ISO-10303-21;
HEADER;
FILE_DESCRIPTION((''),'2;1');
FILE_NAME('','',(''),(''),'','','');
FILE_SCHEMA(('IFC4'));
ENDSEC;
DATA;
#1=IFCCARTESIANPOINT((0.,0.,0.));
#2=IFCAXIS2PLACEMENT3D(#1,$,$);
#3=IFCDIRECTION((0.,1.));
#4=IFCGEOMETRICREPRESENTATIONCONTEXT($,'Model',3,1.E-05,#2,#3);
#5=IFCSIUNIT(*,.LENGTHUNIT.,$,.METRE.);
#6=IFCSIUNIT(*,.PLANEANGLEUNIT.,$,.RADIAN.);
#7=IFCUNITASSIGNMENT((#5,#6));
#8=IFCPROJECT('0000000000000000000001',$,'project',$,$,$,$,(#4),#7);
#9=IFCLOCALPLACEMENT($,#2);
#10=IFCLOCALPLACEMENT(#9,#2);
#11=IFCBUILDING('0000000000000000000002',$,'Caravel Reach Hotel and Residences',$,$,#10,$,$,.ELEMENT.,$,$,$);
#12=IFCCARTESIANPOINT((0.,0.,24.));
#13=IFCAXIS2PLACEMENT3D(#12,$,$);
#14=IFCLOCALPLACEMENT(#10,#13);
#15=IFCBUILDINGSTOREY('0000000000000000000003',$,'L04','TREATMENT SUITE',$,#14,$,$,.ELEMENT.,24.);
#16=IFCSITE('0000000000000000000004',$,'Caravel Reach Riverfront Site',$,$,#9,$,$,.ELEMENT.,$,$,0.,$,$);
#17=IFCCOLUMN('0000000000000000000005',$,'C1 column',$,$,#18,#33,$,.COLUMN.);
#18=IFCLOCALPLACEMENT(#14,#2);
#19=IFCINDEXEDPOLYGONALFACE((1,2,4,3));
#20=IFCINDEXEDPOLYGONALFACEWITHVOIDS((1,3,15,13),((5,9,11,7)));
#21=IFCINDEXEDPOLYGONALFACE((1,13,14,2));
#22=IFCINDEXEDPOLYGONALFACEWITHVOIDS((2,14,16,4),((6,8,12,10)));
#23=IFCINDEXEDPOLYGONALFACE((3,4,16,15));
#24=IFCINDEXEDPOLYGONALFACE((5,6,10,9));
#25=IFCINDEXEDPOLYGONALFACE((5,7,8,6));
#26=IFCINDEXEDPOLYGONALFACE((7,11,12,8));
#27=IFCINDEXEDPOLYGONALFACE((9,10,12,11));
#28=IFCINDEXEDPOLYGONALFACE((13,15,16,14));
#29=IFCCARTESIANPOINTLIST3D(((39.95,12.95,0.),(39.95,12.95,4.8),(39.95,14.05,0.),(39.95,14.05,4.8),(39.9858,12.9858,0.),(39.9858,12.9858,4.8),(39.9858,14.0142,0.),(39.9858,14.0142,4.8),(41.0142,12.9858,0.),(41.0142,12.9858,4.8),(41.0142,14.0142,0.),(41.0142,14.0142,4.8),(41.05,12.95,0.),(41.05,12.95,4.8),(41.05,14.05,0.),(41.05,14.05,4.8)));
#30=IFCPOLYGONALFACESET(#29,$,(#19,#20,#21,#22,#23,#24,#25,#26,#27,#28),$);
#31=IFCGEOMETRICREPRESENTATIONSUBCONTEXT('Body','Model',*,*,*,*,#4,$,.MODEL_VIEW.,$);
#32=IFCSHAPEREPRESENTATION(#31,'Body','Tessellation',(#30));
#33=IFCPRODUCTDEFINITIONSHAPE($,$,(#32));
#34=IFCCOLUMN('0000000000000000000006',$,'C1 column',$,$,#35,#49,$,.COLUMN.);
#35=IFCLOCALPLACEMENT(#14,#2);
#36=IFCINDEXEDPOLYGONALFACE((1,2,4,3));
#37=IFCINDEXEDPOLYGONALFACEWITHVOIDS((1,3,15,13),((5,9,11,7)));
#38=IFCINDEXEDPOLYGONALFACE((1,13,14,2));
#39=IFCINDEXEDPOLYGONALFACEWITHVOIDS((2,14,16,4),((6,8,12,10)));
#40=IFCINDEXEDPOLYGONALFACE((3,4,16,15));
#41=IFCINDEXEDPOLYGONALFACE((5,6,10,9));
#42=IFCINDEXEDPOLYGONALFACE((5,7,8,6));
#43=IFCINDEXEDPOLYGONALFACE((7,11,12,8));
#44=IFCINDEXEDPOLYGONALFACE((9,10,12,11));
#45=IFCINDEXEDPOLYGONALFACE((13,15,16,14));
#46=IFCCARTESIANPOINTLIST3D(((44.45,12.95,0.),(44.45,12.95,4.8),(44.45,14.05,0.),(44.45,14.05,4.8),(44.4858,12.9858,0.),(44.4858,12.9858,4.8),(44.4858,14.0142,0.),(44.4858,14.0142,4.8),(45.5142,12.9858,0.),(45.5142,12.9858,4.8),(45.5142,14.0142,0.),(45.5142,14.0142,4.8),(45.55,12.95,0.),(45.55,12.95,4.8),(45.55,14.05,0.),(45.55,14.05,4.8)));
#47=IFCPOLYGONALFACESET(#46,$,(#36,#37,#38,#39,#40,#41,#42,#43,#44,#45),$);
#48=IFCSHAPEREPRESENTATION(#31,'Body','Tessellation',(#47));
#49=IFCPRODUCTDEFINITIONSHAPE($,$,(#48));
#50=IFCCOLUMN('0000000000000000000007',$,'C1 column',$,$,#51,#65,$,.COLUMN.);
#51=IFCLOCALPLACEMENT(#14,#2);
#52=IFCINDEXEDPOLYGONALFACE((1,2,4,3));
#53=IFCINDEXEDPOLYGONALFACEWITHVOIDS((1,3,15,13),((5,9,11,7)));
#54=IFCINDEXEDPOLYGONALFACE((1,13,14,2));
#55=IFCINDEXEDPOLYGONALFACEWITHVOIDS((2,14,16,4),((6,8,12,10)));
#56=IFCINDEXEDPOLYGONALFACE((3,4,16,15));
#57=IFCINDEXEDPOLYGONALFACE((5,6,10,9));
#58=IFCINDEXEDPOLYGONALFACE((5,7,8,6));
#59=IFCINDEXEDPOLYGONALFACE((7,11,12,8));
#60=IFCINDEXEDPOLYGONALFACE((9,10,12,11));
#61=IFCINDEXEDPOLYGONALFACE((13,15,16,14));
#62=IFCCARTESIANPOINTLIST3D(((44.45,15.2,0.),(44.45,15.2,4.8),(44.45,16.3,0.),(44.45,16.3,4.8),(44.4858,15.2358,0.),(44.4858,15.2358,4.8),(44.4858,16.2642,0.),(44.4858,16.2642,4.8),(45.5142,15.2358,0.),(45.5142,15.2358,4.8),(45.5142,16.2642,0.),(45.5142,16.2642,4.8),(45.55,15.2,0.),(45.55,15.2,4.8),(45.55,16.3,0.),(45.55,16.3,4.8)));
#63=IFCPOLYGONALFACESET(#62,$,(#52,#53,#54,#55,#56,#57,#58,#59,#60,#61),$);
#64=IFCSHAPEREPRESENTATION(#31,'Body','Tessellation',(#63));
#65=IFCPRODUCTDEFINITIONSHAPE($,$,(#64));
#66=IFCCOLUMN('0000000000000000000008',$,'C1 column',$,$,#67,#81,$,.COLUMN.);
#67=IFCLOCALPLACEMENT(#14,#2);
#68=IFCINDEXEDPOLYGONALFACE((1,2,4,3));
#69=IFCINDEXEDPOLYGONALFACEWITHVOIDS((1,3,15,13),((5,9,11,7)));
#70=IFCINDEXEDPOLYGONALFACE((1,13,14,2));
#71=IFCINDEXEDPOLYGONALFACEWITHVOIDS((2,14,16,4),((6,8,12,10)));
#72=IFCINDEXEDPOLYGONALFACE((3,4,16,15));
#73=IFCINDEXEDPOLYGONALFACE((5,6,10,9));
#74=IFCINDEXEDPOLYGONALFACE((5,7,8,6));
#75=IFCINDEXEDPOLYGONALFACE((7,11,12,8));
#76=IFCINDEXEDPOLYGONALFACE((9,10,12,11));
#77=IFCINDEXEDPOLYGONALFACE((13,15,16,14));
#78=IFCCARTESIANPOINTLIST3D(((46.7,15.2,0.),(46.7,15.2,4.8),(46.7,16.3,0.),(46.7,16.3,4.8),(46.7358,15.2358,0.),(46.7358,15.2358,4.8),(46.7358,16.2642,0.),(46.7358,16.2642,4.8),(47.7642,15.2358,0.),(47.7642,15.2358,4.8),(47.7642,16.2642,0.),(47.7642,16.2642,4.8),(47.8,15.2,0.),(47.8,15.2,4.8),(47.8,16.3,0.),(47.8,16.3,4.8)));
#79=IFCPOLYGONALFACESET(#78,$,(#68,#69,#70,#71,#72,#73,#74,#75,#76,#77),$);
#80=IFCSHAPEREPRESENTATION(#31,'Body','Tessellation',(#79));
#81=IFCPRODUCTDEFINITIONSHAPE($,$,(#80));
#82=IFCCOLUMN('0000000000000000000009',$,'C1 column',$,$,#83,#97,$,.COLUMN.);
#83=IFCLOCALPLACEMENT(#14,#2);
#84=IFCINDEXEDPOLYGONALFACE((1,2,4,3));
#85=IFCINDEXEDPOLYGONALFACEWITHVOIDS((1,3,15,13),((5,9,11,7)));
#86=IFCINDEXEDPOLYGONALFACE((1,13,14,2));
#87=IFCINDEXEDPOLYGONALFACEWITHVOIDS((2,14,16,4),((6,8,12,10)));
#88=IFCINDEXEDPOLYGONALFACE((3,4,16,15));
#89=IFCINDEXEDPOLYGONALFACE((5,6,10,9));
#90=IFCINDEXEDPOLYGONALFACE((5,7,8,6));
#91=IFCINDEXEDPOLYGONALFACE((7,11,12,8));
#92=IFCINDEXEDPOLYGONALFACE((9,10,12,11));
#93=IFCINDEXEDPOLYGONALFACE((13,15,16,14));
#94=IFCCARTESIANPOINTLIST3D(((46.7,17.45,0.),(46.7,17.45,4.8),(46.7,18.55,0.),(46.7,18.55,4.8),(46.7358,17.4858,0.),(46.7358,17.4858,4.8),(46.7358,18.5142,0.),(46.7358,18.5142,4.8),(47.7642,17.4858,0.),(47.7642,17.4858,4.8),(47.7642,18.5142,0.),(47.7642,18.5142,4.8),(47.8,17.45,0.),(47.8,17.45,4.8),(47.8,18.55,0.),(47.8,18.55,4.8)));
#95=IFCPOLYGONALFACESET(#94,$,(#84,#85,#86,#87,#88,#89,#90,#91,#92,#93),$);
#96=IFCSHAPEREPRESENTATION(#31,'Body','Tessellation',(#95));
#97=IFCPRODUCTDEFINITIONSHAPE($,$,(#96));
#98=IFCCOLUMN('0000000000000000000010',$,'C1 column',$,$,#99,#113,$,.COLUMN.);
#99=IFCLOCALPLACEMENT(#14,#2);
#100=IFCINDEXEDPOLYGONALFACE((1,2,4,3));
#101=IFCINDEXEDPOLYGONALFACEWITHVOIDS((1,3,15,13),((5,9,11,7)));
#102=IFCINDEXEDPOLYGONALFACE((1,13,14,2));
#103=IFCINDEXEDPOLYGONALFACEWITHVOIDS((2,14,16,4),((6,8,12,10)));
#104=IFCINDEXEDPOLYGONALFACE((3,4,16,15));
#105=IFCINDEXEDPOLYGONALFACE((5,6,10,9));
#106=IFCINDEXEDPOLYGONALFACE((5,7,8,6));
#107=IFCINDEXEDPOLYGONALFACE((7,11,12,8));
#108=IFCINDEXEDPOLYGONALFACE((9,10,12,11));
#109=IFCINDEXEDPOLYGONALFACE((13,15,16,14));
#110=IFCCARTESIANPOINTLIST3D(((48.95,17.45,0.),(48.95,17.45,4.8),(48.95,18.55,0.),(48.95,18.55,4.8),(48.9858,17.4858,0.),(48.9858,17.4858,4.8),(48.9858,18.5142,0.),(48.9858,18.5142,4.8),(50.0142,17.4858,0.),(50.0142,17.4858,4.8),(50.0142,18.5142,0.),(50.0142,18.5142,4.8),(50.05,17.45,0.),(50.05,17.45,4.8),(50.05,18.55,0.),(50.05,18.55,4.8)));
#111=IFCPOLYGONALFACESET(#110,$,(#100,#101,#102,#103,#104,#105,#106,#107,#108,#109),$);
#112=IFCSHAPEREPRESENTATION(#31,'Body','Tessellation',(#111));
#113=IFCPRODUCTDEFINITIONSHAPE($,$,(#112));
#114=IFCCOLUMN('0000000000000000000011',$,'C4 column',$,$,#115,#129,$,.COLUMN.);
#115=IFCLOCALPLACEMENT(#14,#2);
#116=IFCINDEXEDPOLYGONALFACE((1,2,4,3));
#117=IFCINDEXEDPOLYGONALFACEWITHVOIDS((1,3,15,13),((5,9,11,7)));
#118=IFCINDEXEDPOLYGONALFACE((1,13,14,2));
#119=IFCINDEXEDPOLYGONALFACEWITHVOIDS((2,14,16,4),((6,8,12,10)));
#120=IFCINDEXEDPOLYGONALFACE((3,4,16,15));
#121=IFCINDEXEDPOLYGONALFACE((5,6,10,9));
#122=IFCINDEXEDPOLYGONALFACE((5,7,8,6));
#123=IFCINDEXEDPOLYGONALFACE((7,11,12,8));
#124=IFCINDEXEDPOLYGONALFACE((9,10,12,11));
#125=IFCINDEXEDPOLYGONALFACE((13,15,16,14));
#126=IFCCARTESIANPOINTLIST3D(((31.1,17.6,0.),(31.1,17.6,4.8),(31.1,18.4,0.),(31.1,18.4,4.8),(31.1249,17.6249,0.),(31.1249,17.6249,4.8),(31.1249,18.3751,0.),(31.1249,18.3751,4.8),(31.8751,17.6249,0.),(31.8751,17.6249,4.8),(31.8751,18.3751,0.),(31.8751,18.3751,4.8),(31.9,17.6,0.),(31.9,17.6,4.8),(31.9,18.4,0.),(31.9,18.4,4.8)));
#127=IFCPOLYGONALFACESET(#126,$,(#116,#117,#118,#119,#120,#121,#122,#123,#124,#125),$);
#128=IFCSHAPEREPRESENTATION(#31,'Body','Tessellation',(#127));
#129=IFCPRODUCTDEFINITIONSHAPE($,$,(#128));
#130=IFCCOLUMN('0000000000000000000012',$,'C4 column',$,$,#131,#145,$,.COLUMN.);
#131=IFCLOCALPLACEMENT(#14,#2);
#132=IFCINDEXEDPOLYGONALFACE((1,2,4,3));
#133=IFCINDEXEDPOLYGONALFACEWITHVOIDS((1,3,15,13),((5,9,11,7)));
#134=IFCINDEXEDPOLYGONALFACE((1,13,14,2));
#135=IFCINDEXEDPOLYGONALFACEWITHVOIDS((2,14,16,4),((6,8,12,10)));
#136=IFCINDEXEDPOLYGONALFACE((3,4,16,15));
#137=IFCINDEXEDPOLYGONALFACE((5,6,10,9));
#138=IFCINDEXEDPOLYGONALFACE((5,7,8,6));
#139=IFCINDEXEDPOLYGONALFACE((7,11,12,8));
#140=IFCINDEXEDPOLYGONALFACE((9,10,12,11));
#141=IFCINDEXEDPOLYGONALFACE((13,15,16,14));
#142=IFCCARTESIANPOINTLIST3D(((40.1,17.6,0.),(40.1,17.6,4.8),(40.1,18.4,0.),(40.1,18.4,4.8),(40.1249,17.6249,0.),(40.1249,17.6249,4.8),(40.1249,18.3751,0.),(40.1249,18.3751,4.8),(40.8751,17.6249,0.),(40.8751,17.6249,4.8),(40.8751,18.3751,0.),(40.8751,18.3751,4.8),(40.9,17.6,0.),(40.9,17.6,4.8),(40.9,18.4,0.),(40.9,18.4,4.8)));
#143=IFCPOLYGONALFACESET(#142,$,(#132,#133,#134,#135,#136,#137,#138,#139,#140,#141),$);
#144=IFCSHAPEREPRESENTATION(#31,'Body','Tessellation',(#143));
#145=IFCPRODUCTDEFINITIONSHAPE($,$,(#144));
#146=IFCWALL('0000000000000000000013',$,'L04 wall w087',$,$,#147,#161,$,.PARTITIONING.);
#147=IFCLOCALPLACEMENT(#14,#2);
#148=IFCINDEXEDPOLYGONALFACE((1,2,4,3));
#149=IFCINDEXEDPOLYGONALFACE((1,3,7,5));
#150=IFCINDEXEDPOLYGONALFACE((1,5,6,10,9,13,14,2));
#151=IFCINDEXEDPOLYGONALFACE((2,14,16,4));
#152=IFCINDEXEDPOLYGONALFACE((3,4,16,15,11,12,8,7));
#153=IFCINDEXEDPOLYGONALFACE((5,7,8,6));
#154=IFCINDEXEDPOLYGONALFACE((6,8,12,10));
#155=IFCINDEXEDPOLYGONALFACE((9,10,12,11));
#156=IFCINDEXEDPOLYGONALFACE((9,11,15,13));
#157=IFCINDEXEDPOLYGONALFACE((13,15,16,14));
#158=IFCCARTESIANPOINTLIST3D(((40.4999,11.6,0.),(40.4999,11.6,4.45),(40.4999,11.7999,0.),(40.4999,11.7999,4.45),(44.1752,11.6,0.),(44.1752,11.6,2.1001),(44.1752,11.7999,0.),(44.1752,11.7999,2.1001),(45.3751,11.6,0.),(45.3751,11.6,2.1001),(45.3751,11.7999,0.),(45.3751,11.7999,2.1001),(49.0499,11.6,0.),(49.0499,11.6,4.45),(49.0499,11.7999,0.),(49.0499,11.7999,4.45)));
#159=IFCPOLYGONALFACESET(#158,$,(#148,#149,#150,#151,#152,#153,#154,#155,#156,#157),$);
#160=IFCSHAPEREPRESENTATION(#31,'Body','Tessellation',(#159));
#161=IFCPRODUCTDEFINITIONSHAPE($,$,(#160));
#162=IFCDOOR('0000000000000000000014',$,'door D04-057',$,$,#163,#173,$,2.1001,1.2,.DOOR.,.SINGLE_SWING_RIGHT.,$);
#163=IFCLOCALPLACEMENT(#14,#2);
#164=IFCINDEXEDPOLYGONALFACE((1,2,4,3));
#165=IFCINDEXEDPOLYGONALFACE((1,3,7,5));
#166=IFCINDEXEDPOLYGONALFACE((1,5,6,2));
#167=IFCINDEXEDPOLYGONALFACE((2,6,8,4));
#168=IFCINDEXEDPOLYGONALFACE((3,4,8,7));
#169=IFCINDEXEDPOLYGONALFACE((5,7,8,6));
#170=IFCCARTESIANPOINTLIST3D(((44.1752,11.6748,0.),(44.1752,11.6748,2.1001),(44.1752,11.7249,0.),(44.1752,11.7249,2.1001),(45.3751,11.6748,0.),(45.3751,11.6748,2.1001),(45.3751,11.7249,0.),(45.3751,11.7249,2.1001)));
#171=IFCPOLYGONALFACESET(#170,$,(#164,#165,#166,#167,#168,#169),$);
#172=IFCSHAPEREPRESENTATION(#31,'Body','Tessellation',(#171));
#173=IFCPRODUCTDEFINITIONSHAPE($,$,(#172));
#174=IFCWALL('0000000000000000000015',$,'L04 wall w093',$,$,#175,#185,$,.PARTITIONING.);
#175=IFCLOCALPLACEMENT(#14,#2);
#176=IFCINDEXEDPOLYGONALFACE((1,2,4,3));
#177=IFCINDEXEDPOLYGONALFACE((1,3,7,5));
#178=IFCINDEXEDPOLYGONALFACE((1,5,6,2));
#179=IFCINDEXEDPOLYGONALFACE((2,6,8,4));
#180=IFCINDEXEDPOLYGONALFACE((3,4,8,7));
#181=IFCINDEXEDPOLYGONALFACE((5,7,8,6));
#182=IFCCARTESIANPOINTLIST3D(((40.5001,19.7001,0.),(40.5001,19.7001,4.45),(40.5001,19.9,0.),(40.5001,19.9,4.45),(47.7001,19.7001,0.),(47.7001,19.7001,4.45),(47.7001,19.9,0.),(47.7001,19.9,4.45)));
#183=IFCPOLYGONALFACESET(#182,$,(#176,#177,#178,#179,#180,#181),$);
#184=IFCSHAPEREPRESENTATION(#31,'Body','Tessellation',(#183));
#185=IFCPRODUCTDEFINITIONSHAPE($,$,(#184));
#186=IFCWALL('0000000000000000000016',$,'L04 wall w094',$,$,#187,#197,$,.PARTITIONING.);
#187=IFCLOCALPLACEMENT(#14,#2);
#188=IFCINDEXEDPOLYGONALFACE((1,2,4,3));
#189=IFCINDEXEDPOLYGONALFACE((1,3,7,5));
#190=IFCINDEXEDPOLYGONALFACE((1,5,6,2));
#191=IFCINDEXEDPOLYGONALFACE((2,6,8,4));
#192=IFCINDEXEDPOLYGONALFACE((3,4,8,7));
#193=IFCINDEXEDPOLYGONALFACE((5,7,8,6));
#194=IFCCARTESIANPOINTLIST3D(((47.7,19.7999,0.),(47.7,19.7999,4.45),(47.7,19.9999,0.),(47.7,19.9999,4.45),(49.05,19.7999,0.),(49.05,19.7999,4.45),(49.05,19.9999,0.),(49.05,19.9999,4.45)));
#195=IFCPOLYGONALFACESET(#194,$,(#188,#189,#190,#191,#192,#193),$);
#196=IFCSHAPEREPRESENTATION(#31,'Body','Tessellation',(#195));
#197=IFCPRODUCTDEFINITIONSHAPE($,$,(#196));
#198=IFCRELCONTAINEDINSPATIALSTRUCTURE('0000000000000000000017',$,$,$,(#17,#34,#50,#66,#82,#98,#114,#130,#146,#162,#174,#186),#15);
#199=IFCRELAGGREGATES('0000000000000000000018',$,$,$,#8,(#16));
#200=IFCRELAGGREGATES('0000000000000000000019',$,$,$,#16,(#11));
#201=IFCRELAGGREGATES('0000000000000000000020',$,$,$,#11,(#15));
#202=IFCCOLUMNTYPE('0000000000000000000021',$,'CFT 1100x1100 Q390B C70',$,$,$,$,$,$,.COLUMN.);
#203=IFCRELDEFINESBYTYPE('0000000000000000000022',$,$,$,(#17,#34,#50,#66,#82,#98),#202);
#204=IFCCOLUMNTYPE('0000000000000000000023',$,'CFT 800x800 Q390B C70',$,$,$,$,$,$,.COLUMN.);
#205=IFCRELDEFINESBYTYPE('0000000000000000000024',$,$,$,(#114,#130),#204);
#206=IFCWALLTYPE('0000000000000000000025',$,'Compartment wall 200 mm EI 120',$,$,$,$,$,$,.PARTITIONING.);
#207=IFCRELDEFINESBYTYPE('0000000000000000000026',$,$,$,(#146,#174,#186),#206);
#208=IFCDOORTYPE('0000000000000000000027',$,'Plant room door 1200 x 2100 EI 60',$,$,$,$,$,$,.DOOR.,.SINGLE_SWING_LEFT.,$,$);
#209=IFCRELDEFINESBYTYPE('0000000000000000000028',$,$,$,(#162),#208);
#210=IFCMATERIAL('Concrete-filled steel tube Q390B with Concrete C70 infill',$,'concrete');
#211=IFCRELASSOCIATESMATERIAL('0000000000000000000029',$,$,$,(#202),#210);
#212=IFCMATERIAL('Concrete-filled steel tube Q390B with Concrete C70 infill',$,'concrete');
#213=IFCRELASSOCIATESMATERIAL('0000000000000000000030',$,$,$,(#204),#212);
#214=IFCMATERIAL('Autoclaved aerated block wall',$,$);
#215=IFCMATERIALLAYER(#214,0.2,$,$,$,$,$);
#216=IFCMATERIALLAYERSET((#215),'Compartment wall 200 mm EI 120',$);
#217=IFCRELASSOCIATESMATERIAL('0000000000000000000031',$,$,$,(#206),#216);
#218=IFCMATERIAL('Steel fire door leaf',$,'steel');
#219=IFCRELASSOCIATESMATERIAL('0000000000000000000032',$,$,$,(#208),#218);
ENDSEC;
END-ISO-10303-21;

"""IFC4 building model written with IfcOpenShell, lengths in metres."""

from ifc_helpers import new_model, si_unit, direction, frame, frame_2d, origin, origin_2d, place, context, subcontext, project, spatial, rectangle, hollow_rectangle, extrude, material, layer, layer_set, material_profile, profile_set, type_object, element, fill, save


model = new_model("IFC4")

# Units and contexts
model_context = context("Model", 3, precision=1e-05, world=origin(), true_north=direction((0.0, 1.0)))
body_context = subcontext(model_context, "Body", "Model", "MODEL_VIEW")
ifc_project = project(units=[si_unit("LENGTHUNIT", "METRE"), si_unit("PLANEANGLEUNIT", "RADIAN")], contexts=[model_context])

# Site, building, storey
site_placement = place(None, origin())
site = spatial("IfcSite", under=ifc_project, at=site_placement, Name="Caravel Reach Riverfront Site", CompositionType="ELEMENT", RefElevation=0.0)
building_placement = place(site_placement, origin())
building = spatial("IfcBuilding", under=site, at=building_placement, Name="Caravel Reach Hotel and Residences", CompositionType="ELEMENT")
storey_placement = place(building_placement, frame((0.0, 0.0, 24.0)))
storey = spatial("IfcBuildingStorey", under=building, at=storey_placement, Name="L04", Description="TREATMENT SUITE", CompositionType="ELEMENT", Elevation=24.0)

# Columns
ifc_material_1 = material(Name="Concrete-filled steel tube Q390B with Concrete C70 infill", Category="concrete")
ifc_material_profile_1 = material_profile(ifc_material_1, hollow_rectangle(XDim=1.1001, YDim=1.1001, WallThickness=0.0359, at=origin_2d()), Name="RHS 1100x1100x36")
ifc_profile_set_1 = profile_set([ifc_material_profile_1], Name="Concrete-filled steel tube Q390B with Concrete C70 infill")
column_type_1 = type_object("IfcColumnType", Name="CFT 1100x1100 Q390B C70", PredefinedType="COLUMN", material=ifc_profile_set_1)
for number, where, z_axis, x_axis, name in (
    (1, (40.5, 13.5, 0.0), (0.0, 0.0, 1.0), (1.0, 0.0, 0.0), "C1 column"),
    (2, (45.0, 13.5, 0.0), (0.0, 0.0, 1.0), (1.0, 0.0, 0.0), "C1 column"),
    (3, (45.0, 15.75, 0.0), (0.0, 0.0, 1.0), (1.0, 0.0, 0.0), "C1 column"),
    (4, (47.25, 15.75, 0.0), (0.0, 0.0, 1.0), (1.0, 0.0, 0.0), "C1 column"),
    (5, (47.25, 18.0, 0.0), (0.0, 0.0, 1.0), (1.0, 0.0, 0.0), "C1 column"),
    (6, (49.5, 18.0, 0.0), (0.0, 0.0, 1.0), (1.0, 0.0, 0.0), "C1 column"),
):
    element("IfcColumn", number, at=place(storey_placement, frame(where, z_axis=z_axis, x_axis=x_axis)), inside=storey, type_object=column_type_1, Name=name, PredefinedType="COLUMN", context=body_context, shape_type="SweptSolid", body=[
        extrude(hollow_rectangle(XDim=1.1001, YDim=1.1001, WallThickness=0.0359, at=origin_2d()), origin(), (0.0, 0.0, 1.0), 4.8),
    ])
ifc_material_2 = material(Name="Concrete-filled steel tube Q390B with Concrete C70 infill", Category="concrete")
ifc_material_profile_2 = material_profile(ifc_material_2, hollow_rectangle(XDim=0.8, YDim=0.8, WallThickness=0.0249, at=origin_2d()), Name="RHS 800x800x25")
ifc_profile_set_2 = profile_set([ifc_material_profile_2], Name="Concrete-filled steel tube Q390B with Concrete C70 infill")
column_type_2 = type_object("IfcColumnType", Name="CFT 800x800 Q390B C70", PredefinedType="COLUMN", material=ifc_profile_set_2)
for number, where, z_axis, x_axis, name in (
    (7, (31.5, 18.0, 0.0), (0.0, 0.0, 1.0), (1.0, 0.0, 0.0), "C4 column"),
    (8, (40.5, 18.0, 0.0), (0.0, 0.0, 1.0), (1.0, 0.0, 0.0), "C4 column"),
):
    element("IfcColumn", number, at=place(storey_placement, frame(where, z_axis=z_axis, x_axis=x_axis)), inside=storey, type_object=column_type_2, Name=name, PredefinedType="COLUMN", context=body_context, shape_type="SweptSolid", body=[
        extrude(hollow_rectangle(XDim=0.8, YDim=0.8, WallThickness=0.0249, at=origin_2d()), origin(), (0.0, 0.0, 1.0), 4.8),
    ])

# Wall, opening, door
ifc_material_3 = material(Name="Autoclaved aerated block wall")
ifc_layer_1 = layer(ifc_material_3, 0.2)
ifc_layer_set_1 = layer_set([ifc_layer_1], Name="Compartment wall 200 mm EI 120")
wall_type_1 = type_object("IfcWallType", Name="Compartment wall 200 mm EI 120", PredefinedType="PARTITIONING", material=ifc_layer_set_1)
wall_1_placement = place(storey_placement, frame((40.5, 11.7, 0.0), z_axis=(0.0, 0.0, 1.0), x_axis=(1.0, 0.0, 0.0)))
wall_1 = element("IfcWall", 9, at=wall_1_placement, inside=storey, type_object=wall_type_1, Name="L04 wall w087", PredefinedType="PARTITIONING", context=body_context, shape_type="SweptSolid", body=[
    extrude(rectangle(XDim=8.55, YDim=0.2, at=frame_2d((4.2749, 0.0))), origin(), (0.0, 0.0, 1.0), 4.45),
])
opening_1_placement = place(wall_1_placement, frame((3.675, 0.0, 0.0)))
opening_1 = element("IfcOpeningElement", 10, at=opening_1_placement, cuts=wall_1, PredefinedType="OPENING", context=body_context, shape_type="SweptSolid", body=[
    extrude(rectangle(XDim=1.2, YDim=2.1001, at=frame_2d((0.6001, 1.05))), frame((0.0, 0.1099, 0.0), z_axis=(0.0, -1.0, 0.0), x_axis=(1.0, 0.0, 0.0)), (0.0, 0.0, 1.0), 0.22),
])
ifc_material_4 = material(Name="Steel fire door leaf", Category="steel")
door_type_1 = type_object("IfcDoorType", Name="Plant room door 1200 x 2100 EI 60", OperationType="SINGLE_SWING_LEFT", PredefinedType="DOOR", material=ifc_material_4)
door_1_placement = place(opening_1_placement, origin())
door_1 = element("IfcDoor", 11, at=door_1_placement, inside=storey, type_object=door_type_1, Name="door D04-057", OperationType="SINGLE_SWING_RIGHT", OverallHeight=2.1001, OverallWidth=1.2, PredefinedType="DOOR", context=body_context, shape_type="SweptSolid", body=[
    extrude(rectangle(XDim=1.2, YDim=2.1001, at=frame_2d((0.6001, 1.05))), frame((0.0, 0.0249, 0.0), z_axis=(0.0, -1.0, 0.0), x_axis=(1.0, 0.0, 0.0)), (0.0, 0.0, 1.0), 0.05),
])
fill(opening_1, door_1)

# Walls
wall_2_placement = place(storey_placement, frame((40.5, 19.8, 0.0), z_axis=(0.0, 0.0, 1.0), x_axis=(1.0, 0.0, 0.0)))
element("IfcWall", 12, at=wall_2_placement, inside=storey, type_object=wall_type_1, Name="L04 wall w093", PredefinedType="PARTITIONING", context=body_context, shape_type="SweptSolid", body=[
    extrude(rectangle(XDim=7.2, YDim=0.2, at=frame_2d((3.6001, 0.0))), origin(), (0.0, 0.0, 1.0), 4.45),
])
wall_3_placement = place(storey_placement, frame((47.7, 19.8999, 0.0), z_axis=(0.0, 0.0, 1.0), x_axis=(1.0, 0.0, 0.0)))
element("IfcWall", 13, at=wall_3_placement, inside=storey, type_object=wall_type_1, Name="L04 wall w094", PredefinedType="PARTITIONING", context=body_context, shape_type="SweptSolid", body=[
    extrude(rectangle(XDim=1.3501, YDim=0.2, at=frame_2d((0.675, 0.0))), origin(), (0.0, 0.0, 1.0), 4.45),
])

save(model, "model.ifc")
